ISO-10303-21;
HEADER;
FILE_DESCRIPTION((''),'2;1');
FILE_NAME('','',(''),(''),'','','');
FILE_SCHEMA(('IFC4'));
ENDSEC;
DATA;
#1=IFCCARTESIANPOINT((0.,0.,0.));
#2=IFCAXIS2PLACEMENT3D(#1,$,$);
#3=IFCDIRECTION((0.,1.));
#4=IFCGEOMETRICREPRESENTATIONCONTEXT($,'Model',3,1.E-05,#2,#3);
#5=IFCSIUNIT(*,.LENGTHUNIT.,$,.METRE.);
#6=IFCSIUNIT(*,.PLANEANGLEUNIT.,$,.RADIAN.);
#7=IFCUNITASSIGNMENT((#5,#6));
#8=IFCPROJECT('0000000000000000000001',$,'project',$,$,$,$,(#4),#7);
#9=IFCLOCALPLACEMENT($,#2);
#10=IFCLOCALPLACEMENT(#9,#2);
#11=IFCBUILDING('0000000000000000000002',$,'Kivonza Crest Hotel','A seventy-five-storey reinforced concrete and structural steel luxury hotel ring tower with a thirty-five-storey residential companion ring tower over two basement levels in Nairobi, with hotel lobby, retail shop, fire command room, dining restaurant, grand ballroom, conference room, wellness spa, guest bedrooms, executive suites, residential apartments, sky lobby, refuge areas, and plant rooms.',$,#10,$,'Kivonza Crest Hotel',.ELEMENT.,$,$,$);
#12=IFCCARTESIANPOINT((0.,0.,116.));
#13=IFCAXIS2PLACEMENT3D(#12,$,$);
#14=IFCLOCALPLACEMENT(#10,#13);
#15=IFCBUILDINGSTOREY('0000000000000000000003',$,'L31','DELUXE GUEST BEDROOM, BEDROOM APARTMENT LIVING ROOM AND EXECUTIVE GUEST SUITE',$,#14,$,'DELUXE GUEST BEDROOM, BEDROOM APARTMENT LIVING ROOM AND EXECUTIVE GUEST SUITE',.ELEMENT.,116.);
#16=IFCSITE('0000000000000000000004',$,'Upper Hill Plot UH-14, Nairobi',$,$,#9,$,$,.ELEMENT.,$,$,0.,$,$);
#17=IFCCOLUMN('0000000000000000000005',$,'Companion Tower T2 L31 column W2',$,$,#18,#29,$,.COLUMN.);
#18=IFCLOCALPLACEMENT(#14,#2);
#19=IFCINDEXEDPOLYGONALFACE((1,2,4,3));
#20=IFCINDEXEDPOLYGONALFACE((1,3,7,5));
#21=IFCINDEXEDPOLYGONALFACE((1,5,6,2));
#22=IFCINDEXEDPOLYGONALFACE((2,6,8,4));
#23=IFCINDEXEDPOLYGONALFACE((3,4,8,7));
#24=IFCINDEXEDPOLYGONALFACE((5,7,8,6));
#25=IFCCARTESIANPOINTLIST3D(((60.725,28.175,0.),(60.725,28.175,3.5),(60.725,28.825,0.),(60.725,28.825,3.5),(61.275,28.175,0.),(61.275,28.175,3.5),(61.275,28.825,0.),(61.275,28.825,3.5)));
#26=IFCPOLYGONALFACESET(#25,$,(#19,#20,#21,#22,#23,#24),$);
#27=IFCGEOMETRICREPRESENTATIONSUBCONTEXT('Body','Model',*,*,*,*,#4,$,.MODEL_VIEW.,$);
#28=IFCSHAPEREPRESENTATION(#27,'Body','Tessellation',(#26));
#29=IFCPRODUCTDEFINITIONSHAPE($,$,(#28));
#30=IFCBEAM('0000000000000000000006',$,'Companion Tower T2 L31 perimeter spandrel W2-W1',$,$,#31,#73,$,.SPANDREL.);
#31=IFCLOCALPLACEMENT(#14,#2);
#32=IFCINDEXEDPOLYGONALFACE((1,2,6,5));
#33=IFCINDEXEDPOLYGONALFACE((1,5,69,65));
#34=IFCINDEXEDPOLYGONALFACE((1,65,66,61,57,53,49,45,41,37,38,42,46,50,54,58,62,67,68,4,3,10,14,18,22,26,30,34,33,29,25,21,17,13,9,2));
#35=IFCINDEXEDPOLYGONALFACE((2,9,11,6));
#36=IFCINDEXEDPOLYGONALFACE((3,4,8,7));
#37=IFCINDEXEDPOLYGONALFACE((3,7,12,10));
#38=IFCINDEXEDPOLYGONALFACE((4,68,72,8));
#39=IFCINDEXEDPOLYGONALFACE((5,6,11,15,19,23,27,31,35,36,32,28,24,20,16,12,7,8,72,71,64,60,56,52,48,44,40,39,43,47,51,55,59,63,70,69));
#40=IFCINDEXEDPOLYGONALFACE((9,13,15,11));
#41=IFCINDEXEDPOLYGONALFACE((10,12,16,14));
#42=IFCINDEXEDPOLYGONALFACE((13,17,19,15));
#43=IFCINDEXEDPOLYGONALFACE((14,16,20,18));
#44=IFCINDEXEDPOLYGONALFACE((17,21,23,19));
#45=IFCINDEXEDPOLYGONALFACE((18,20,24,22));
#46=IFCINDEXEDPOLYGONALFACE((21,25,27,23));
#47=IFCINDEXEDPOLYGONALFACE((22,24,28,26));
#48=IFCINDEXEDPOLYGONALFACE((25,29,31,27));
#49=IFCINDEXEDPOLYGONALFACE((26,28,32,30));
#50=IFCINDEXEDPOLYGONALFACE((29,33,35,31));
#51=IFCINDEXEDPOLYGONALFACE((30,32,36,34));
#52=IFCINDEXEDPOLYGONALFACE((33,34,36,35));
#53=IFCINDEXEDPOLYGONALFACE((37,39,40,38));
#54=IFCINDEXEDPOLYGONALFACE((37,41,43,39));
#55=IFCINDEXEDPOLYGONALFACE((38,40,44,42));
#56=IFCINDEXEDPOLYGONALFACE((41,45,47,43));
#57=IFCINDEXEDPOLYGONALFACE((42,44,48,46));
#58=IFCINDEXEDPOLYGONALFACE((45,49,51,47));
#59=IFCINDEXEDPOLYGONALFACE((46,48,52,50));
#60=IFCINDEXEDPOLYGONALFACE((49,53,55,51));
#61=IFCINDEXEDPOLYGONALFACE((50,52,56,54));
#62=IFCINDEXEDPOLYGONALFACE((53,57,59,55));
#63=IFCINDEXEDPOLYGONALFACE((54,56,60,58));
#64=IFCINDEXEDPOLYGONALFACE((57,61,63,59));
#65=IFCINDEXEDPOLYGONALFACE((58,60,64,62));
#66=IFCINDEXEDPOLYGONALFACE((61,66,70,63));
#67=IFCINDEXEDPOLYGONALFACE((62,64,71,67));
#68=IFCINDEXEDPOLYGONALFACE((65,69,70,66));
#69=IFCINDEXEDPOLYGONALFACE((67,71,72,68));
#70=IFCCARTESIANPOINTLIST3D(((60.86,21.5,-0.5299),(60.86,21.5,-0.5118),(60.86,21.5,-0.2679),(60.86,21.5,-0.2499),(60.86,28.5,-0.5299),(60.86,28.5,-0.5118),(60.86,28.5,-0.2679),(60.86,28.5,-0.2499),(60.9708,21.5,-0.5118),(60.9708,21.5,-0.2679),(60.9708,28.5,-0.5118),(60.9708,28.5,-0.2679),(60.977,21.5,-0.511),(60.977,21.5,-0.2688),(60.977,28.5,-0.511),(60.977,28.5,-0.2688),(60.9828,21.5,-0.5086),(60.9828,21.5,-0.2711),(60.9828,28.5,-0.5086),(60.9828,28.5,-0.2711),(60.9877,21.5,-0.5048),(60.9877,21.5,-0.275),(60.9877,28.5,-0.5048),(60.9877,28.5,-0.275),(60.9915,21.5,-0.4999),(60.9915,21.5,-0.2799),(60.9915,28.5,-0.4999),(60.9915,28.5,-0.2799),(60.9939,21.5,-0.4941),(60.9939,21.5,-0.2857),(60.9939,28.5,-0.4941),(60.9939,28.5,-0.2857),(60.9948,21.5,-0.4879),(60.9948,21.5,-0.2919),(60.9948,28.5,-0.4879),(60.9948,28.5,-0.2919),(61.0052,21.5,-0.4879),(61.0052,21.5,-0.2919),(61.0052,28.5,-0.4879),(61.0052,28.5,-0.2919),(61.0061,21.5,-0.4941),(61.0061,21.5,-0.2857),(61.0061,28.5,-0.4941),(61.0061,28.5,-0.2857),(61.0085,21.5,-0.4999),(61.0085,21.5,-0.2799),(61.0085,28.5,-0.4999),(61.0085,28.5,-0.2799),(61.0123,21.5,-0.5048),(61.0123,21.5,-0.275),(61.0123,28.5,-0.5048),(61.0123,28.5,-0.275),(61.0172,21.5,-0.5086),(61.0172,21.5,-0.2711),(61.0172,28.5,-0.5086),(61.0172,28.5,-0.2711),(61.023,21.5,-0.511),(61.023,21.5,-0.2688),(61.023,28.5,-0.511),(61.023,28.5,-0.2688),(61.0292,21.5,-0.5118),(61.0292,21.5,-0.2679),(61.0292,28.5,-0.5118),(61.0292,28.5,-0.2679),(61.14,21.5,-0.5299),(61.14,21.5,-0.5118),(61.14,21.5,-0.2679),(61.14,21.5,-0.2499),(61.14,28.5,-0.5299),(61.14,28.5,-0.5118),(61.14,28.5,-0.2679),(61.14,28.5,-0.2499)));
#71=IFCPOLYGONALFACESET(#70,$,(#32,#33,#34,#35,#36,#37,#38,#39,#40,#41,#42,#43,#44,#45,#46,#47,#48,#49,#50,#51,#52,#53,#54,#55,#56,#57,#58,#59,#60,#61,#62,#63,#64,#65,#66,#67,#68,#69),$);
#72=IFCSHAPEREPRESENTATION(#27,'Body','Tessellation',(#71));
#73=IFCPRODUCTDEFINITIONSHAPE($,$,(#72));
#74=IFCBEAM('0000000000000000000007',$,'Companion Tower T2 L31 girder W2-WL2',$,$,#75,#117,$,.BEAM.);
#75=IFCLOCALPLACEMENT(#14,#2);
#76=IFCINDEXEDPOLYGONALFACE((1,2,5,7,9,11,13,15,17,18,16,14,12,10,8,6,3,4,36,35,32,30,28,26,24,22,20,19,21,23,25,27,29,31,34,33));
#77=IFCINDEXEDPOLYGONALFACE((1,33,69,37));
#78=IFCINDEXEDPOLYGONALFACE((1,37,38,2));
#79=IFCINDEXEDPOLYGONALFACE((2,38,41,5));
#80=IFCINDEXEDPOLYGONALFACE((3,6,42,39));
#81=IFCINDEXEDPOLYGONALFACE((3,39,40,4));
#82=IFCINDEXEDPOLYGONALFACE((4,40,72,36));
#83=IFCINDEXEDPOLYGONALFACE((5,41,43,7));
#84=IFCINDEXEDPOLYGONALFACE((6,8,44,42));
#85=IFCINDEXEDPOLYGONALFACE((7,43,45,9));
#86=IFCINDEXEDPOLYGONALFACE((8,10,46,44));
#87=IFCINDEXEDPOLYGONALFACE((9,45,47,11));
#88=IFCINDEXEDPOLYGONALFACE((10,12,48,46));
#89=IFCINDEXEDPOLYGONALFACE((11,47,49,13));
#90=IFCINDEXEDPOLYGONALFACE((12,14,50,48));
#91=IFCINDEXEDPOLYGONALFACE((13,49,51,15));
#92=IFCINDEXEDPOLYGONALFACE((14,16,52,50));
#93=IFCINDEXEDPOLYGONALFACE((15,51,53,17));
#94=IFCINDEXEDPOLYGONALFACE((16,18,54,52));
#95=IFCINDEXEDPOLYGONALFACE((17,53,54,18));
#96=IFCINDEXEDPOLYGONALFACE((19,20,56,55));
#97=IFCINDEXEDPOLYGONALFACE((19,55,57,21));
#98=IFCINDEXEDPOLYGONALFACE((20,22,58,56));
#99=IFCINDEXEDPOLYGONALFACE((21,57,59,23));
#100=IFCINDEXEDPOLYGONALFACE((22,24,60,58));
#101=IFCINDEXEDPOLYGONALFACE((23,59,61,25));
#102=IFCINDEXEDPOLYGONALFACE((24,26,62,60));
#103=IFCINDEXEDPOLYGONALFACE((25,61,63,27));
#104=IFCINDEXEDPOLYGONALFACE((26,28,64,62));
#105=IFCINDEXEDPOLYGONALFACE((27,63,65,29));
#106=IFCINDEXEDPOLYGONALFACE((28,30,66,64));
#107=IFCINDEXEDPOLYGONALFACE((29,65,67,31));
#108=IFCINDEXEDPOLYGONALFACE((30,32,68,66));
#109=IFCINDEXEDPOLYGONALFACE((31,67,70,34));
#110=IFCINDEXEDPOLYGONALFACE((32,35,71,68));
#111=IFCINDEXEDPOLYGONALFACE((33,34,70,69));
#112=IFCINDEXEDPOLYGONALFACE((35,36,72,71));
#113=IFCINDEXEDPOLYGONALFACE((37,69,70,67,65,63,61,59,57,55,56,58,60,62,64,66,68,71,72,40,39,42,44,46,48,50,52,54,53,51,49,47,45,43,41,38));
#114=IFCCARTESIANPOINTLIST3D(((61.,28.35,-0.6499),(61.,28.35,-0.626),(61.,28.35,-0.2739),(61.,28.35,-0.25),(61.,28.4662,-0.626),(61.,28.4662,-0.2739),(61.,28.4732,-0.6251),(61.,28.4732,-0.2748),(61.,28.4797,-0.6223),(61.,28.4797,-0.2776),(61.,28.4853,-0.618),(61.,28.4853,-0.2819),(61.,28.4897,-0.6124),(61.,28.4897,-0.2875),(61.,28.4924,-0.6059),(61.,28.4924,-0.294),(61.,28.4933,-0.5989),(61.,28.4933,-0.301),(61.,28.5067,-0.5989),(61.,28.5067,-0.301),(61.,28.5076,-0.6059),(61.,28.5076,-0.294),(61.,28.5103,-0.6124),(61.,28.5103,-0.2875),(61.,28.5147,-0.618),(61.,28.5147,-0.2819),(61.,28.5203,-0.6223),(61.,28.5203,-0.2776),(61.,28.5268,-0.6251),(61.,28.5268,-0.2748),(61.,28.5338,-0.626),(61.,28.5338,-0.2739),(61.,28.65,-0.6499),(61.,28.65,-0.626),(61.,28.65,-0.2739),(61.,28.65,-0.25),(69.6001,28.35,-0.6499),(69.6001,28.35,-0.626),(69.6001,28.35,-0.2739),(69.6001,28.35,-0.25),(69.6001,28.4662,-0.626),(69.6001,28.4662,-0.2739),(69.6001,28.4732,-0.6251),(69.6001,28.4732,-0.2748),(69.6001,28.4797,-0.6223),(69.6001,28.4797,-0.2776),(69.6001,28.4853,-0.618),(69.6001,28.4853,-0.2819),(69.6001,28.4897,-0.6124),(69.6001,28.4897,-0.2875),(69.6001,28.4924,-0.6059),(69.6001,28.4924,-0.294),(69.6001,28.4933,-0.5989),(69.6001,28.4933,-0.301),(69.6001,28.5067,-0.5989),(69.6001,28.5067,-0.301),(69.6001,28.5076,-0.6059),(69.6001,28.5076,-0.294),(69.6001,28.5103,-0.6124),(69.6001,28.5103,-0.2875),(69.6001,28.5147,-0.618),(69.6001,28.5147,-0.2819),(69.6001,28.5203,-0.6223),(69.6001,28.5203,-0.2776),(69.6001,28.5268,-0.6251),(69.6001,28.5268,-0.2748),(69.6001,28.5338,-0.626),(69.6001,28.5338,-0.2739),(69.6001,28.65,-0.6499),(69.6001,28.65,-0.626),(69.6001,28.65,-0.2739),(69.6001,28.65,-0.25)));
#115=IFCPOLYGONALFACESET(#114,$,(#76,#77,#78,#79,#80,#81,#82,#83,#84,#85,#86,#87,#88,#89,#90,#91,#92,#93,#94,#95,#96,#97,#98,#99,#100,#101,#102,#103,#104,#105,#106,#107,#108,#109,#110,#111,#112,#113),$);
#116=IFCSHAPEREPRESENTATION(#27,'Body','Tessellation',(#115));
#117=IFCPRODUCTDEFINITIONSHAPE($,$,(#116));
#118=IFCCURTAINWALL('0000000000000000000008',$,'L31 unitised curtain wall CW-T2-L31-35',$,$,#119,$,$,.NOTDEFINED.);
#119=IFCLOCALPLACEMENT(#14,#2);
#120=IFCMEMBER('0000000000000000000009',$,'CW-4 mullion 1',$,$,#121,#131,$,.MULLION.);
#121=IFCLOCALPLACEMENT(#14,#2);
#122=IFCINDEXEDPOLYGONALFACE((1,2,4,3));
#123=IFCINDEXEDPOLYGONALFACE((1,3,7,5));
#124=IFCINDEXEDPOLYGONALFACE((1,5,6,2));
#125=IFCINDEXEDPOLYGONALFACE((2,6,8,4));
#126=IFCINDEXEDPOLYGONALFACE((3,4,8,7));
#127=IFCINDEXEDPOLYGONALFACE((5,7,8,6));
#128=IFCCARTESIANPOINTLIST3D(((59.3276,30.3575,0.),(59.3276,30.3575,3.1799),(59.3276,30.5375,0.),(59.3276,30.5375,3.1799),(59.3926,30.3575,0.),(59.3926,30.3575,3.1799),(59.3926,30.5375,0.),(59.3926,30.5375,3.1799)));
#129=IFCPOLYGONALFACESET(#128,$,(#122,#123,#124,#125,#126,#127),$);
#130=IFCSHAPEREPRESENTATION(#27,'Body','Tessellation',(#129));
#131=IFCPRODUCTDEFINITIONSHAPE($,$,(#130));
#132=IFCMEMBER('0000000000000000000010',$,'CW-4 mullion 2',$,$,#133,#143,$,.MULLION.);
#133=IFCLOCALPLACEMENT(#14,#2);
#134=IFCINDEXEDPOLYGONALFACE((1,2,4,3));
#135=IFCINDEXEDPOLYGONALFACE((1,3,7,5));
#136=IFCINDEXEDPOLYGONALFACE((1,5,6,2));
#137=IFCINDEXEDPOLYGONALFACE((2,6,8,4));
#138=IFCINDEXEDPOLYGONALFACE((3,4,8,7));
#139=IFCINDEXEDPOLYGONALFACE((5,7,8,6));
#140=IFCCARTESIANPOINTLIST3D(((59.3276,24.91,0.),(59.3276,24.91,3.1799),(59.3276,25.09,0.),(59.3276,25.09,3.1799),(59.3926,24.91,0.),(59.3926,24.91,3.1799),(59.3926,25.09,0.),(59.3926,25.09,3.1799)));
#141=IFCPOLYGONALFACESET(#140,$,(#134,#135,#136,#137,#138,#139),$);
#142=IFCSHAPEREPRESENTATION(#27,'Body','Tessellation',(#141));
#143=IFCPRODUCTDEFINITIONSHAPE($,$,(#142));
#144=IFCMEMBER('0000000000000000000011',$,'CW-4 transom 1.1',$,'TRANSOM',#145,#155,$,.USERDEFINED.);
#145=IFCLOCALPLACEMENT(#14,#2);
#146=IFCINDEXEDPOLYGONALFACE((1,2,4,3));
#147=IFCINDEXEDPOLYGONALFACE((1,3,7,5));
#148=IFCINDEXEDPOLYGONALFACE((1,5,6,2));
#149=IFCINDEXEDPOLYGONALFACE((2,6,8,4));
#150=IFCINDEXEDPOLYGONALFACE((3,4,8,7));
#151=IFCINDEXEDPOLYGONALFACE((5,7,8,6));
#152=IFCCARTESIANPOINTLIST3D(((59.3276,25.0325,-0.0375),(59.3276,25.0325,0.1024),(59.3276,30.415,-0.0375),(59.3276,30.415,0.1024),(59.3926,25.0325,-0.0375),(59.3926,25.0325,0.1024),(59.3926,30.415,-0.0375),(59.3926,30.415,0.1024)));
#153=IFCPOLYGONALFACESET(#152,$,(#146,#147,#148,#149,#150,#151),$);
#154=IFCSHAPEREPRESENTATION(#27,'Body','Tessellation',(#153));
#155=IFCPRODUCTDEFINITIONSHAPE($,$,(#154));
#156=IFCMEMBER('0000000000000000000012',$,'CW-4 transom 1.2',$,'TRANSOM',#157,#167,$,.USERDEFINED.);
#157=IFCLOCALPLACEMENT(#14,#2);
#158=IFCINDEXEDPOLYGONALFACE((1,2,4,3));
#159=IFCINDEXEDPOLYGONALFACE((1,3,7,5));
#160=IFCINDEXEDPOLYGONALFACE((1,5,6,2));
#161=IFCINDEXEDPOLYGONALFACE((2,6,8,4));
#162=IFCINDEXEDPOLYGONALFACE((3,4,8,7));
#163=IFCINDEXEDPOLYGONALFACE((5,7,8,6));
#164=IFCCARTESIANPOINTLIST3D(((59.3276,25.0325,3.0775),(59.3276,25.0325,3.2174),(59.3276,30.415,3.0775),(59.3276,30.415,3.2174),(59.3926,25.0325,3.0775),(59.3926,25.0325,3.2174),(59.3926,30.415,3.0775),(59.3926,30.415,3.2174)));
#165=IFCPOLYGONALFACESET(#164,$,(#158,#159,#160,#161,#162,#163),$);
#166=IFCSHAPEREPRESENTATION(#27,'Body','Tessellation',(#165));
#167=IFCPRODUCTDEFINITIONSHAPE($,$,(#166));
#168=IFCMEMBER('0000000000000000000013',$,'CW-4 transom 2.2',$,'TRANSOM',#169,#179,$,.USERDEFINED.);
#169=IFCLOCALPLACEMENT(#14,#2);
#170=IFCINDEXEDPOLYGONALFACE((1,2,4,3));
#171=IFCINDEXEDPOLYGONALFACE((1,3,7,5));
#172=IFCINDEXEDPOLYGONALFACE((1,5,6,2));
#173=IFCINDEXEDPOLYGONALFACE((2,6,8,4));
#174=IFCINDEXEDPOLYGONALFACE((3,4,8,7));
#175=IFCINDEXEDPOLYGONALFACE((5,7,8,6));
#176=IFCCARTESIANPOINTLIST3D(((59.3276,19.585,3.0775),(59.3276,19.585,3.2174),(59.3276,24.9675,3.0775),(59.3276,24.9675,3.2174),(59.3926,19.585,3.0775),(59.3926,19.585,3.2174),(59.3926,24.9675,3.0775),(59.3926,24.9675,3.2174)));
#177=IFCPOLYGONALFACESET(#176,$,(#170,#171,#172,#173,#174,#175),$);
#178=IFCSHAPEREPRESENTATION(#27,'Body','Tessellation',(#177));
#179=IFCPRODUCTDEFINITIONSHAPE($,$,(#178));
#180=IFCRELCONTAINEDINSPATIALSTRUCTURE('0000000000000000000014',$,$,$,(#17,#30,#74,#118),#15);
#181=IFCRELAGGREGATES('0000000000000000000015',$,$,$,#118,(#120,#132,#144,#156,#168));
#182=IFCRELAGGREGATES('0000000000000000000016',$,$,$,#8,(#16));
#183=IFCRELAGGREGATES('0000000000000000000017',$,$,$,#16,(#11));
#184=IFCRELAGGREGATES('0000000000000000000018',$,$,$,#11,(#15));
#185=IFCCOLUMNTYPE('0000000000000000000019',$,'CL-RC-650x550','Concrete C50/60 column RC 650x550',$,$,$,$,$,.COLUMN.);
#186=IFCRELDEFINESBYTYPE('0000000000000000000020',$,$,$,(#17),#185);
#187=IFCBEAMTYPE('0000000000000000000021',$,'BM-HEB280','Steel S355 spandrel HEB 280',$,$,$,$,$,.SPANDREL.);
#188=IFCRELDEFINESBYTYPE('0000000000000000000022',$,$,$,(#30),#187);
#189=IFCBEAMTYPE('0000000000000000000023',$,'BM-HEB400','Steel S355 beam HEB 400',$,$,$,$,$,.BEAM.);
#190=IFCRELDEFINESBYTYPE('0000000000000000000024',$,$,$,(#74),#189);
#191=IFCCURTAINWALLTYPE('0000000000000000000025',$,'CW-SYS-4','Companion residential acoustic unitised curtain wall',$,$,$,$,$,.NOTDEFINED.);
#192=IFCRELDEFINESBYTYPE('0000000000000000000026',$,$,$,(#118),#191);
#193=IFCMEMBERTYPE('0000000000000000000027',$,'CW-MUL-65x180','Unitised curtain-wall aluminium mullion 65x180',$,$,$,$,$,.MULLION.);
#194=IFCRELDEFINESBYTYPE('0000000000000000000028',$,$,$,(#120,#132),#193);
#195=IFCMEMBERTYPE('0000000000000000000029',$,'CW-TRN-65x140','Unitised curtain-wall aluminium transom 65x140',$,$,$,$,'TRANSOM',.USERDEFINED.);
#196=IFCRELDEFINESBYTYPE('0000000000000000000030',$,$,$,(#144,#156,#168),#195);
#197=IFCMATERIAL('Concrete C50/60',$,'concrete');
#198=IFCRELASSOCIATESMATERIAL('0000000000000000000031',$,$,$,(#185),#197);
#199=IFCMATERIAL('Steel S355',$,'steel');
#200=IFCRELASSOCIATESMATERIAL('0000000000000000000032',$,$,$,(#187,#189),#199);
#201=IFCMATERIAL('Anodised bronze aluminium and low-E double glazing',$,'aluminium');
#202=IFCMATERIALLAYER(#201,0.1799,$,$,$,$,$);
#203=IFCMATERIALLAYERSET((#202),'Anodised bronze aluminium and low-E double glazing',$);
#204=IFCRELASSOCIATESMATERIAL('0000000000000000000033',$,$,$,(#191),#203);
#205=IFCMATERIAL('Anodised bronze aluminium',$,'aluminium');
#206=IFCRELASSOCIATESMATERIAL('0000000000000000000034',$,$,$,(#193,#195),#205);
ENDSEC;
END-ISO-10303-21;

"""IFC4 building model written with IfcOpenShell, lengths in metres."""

from ifc_helpers import new_model, si_unit, direction, frame, origin, origin_2d, place, context, subcontext, project, spatial, rectangle, i_section, extrude, material, layer, layer_set, material_profile, profile_set, type_object, element, aggregate, save


model = new_model("IFC4")

# Units and contexts
model_context = context("Model", 3, precision=1e-05, world=origin(), true_north=direction((0.0, 1.0)))
body_context = subcontext(model_context, "Body", "Model", "MODEL_VIEW")
ifc_project = project(units=[si_unit("LENGTHUNIT", "METRE"), si_unit("PLANEANGLEUNIT", "RADIAN")], contexts=[model_context])

# Site, building, storey
site_placement = place(None, origin())
site = spatial("IfcSite", under=ifc_project, at=site_placement, Name="Upper Hill Plot UH-14, Nairobi", CompositionType="ELEMENT", RefElevation=0.0)
building_placement = place(site_placement, origin())
building = spatial("IfcBuilding", under=site, at=building_placement, Name="Kivonza Crest Hotel", Description="A seventy-five-storey reinforced concrete and structural steel luxury hotel ring tower with a thirty-five-storey residential companion ring tower over two basement levels in Nairobi, with hotel lobby, retail shop, fire command room, dining restaurant, grand ballroom, conference room, wellness spa, guest bedrooms, executive suites, residential apartments, sky lobby, refuge areas, and plant rooms.", LongName="Kivonza Crest Hotel", CompositionType="ELEMENT")
storey_placement = place(building_placement, frame((0.0, 0.0, 116.0)))
storey = spatial("IfcBuildingStorey", under=building, at=storey_placement, Name="L31", Description="DELUXE GUEST BEDROOM, BEDROOM APARTMENT LIVING ROOM AND EXECUTIVE GUEST SUITE", LongName="DELUXE GUEST BEDROOM, BEDROOM APARTMENT LIVING ROOM AND EXECUTIVE GUEST SUITE", CompositionType="ELEMENT", Elevation=116.0)

# Column
ifc_material_1 = material(Name="Concrete C50/60", Category="concrete")
ifc_material_profile_1 = material_profile(ifc_material_1, rectangle(XDim=0.55, YDim=0.6499, at=origin_2d()), Name="RC 650x550")
ifc_profile_set_1 = profile_set([ifc_material_profile_1], Name="Concrete C50/60")
column_type = type_object("IfcColumnType", Name="CL-RC-650x550", Description="Concrete C50/60 column RC 650x550", PredefinedType="COLUMN", material=ifc_profile_set_1)
column_placement = place(storey_placement, frame((61.0, 28.5, 0.0), z_axis=(0.0, 0.0, 1.0), x_axis=(1.0, 0.0, 0.0)))
element("IfcColumn", 1, at=column_placement, inside=storey, type_object=column_type, Name="Companion Tower T2 L31 column W2", PredefinedType="COLUMN", context=body_context, shape_type="SweptSolid", body=[
    extrude(rectangle(XDim=0.55, YDim=0.6499, at=origin_2d()), origin(), (0.0, 0.0, 1.0), 3.5),
])

# Beams
ifc_material_2 = material(Name="Steel S355", Category="steel")
ifc_material_profile_2 = material_profile(ifc_material_2, i_section(OverallWidth=0.28, OverallDepth=0.28, WebThickness=0.0105, FlangeThickness=0.0181, FilletRadius=0.0239, at=origin_2d()), Name="HEB 280")
ifc_profile_set_2 = profile_set([ifc_material_profile_2], Name="Steel S355")
beam_type_1 = type_object("IfcBeamType", Name="BM-HEB280", Description="Steel S355 spandrel HEB 280", PredefinedType="SPANDREL", material=ifc_profile_set_2)
beam_1_placement = place(storey_placement, frame((61.0, 28.5, -0.3899), z_axis=(0.0, -1.0, 0.0), x_axis=(1.0, 0.0, 0.0)))
element("IfcBeam", 2, at=beam_1_placement, inside=storey, type_object=beam_type_1, Name="Companion Tower T2 L31 perimeter spandrel W2-W1", PredefinedType="SPANDREL", context=body_context, shape_type="SweptSolid", body=[
    extrude(i_section(OverallWidth=0.28, OverallDepth=0.28, WebThickness=0.0105, FlangeThickness=0.0181, FilletRadius=0.0239, at=origin_2d()), origin(), (0.0, 0.0, 1.0), 7.0),
])
ifc_material_profile_3 = material_profile(ifc_material_2, i_section(OverallWidth=0.3, OverallDepth=0.3999, WebThickness=0.0134, FlangeThickness=0.0239, FilletRadius=0.0271, at=origin_2d()), Name="HEB 400")
ifc_profile_set_3 = profile_set([ifc_material_profile_3], Name="Steel S355")
beam_type_2 = type_object("IfcBeamType", Name="BM-HEB400", Description="Steel S355 beam HEB 400", PredefinedType="BEAM", material=ifc_profile_set_3)
beam_2_placement = place(storey_placement, frame((61.0, 28.5, -0.45), z_axis=(1.0, 0.0, 0.0), x_axis=(0.0, 1.0, 0.0)))
element("IfcBeam", 3, at=beam_2_placement, inside=storey, type_object=beam_type_2, Name="Companion Tower T2 L31 girder W2-WL2", PredefinedType="BEAM", context=body_context, shape_type="SweptSolid", body=[
    extrude(i_section(OverallWidth=0.3, OverallDepth=0.3999, WebThickness=0.0134, FlangeThickness=0.0239, FilletRadius=0.0271, at=origin_2d()), origin(), (0.0, 0.0, 1.0), 8.6001),
])

# Curtain wall, members
ifc_material_3 = material(Name="Anodised bronze aluminium and low-E double glazing", Category="aluminium")
ifc_layer_1 = layer(ifc_material_3, 0.1799)
ifc_layer_set_1 = layer_set([ifc_layer_1], Name="Anodised bronze aluminium and low-E double glazing")
curtain_wall_type = type_object("IfcCurtainWallType", Name="CW-SYS-4", Description="Companion residential acoustic unitised curtain wall", PredefinedType="NOTDEFINED", material=ifc_layer_set_1)
curtain_wall_placement = place(storey_placement, origin())
curtain_wall = element("IfcCurtainWall", 4, at=curtain_wall_placement, inside=storey, type_object=curtain_wall_type, Name="L31 unitised curtain wall CW-T2-L31-35", PredefinedType="NOTDEFINED")
ifc_material_4 = material(Name="Anodised bronze aluminium", Category="aluminium")
ifc_material_profile_4 = material_profile(ifc_material_4, rectangle(XDim=0.0649, YDim=0.1799, at=origin_2d()), Name="CW-M 65x180")
ifc_profile_set_4 = profile_set([ifc_material_profile_4], Name="Anodised bronze aluminium")
member_type_1 = type_object("IfcMemberType", Name="CW-MUL-65x180", Description="Unitised curtain-wall aluminium mullion 65x180", PredefinedType="MULLION", material=ifc_profile_set_4)
member_1_placement = place(storey_placement, frame((59.3601, 30.4475, 0.0), z_axis=(0.0, 0.0, 1.0), x_axis=(1.0, 0.0, 0.0)))
member_1 = element("IfcMember", 5, at=member_1_placement, type_object=member_type_1, Name="CW-4 mullion 1", PredefinedType="MULLION", context=body_context, shape_type="SweptSolid", body=[
    extrude(rectangle(XDim=0.0649, YDim=0.1799, at=origin_2d()), origin(), (0.0, 0.0, 1.0), 3.1799),
])
member_2_placement = place(storey_placement, frame((59.3601, 25.0, 0.0), z_axis=(0.0, 0.0, 1.0), x_axis=(1.0, 0.0, 0.0)))
member_2 = element("IfcMember", 6, at=member_2_placement, type_object=member_type_1, Name="CW-4 mullion 2", PredefinedType="MULLION", context=body_context, shape_type="SweptSolid", body=[
    extrude(rectangle(XDim=0.0649, YDim=0.1799, at=origin_2d()), origin(), (0.0, 0.0, 1.0), 3.1799),
])
ifc_material_profile_5 = material_profile(ifc_material_4, rectangle(XDim=0.0649, YDim=0.1399, at=origin_2d()), Name="CW-T 65x140")
ifc_profile_set_5 = profile_set([ifc_material_profile_5], Name="Anodised bronze aluminium")
member_type_2 = type_object("IfcMemberType", Name="CW-TRN-65x140", Description="Unitised curtain-wall aluminium transom 65x140", ElementType="TRANSOM", PredefinedType="USERDEFINED", material=ifc_profile_set_5)
member_3_placement = place(storey_placement, frame((59.3601, 30.415, 0.0325), z_axis=(0.0, -1.0, 0.0), x_axis=(1.0, 0.0, 0.0)))
member_3 = element("IfcMember", 7, at=member_3_placement, type_object=member_type_2, Name="CW-4 transom 1.1", ObjectType="TRANSOM", PredefinedType="USERDEFINED", context=body_context, shape_type="SweptSolid", body=[
    extrude(rectangle(XDim=0.0649, YDim=0.1399, at=origin_2d()), origin(), (0.0, 0.0, 1.0), 5.3826),
])
member_4_placement = place(storey_placement, frame((59.3601, 30.415, 3.1475), z_axis=(0.0, -1.0, 0.0), x_axis=(1.0, 0.0, 0.0)))
member_4 = element("IfcMember", 8, at=member_4_placement, type_object=member_type_2, Name="CW-4 transom 1.2", ObjectType="TRANSOM", PredefinedType="USERDEFINED", context=body_context, shape_type="SweptSolid", body=[
    extrude(rectangle(XDim=0.0649, YDim=0.1399, at=origin_2d()), origin(), (0.0, 0.0, 1.0), 5.3826),
])
member_5_placement = place(storey_placement, frame((59.3601, 24.9675, 3.1475), z_axis=(0.0, -1.0, 0.0), x_axis=(1.0, 0.0, 0.0)))
member_5 = element("IfcMember", 9, at=member_5_placement, type_object=member_type_2, Name="CW-4 transom 2.2", ObjectType="TRANSOM", PredefinedType="USERDEFINED", context=body_context, shape_type="SweptSolid", body=[
    extrude(rectangle(XDim=0.0649, YDim=0.1399, at=origin_2d()), origin(), (0.0, 0.0, 1.0), 5.3826),
])
aggregate(curtain_wall, [member_1, member_2, member_3, member_4, member_5])

save(model, "model.ifc")
